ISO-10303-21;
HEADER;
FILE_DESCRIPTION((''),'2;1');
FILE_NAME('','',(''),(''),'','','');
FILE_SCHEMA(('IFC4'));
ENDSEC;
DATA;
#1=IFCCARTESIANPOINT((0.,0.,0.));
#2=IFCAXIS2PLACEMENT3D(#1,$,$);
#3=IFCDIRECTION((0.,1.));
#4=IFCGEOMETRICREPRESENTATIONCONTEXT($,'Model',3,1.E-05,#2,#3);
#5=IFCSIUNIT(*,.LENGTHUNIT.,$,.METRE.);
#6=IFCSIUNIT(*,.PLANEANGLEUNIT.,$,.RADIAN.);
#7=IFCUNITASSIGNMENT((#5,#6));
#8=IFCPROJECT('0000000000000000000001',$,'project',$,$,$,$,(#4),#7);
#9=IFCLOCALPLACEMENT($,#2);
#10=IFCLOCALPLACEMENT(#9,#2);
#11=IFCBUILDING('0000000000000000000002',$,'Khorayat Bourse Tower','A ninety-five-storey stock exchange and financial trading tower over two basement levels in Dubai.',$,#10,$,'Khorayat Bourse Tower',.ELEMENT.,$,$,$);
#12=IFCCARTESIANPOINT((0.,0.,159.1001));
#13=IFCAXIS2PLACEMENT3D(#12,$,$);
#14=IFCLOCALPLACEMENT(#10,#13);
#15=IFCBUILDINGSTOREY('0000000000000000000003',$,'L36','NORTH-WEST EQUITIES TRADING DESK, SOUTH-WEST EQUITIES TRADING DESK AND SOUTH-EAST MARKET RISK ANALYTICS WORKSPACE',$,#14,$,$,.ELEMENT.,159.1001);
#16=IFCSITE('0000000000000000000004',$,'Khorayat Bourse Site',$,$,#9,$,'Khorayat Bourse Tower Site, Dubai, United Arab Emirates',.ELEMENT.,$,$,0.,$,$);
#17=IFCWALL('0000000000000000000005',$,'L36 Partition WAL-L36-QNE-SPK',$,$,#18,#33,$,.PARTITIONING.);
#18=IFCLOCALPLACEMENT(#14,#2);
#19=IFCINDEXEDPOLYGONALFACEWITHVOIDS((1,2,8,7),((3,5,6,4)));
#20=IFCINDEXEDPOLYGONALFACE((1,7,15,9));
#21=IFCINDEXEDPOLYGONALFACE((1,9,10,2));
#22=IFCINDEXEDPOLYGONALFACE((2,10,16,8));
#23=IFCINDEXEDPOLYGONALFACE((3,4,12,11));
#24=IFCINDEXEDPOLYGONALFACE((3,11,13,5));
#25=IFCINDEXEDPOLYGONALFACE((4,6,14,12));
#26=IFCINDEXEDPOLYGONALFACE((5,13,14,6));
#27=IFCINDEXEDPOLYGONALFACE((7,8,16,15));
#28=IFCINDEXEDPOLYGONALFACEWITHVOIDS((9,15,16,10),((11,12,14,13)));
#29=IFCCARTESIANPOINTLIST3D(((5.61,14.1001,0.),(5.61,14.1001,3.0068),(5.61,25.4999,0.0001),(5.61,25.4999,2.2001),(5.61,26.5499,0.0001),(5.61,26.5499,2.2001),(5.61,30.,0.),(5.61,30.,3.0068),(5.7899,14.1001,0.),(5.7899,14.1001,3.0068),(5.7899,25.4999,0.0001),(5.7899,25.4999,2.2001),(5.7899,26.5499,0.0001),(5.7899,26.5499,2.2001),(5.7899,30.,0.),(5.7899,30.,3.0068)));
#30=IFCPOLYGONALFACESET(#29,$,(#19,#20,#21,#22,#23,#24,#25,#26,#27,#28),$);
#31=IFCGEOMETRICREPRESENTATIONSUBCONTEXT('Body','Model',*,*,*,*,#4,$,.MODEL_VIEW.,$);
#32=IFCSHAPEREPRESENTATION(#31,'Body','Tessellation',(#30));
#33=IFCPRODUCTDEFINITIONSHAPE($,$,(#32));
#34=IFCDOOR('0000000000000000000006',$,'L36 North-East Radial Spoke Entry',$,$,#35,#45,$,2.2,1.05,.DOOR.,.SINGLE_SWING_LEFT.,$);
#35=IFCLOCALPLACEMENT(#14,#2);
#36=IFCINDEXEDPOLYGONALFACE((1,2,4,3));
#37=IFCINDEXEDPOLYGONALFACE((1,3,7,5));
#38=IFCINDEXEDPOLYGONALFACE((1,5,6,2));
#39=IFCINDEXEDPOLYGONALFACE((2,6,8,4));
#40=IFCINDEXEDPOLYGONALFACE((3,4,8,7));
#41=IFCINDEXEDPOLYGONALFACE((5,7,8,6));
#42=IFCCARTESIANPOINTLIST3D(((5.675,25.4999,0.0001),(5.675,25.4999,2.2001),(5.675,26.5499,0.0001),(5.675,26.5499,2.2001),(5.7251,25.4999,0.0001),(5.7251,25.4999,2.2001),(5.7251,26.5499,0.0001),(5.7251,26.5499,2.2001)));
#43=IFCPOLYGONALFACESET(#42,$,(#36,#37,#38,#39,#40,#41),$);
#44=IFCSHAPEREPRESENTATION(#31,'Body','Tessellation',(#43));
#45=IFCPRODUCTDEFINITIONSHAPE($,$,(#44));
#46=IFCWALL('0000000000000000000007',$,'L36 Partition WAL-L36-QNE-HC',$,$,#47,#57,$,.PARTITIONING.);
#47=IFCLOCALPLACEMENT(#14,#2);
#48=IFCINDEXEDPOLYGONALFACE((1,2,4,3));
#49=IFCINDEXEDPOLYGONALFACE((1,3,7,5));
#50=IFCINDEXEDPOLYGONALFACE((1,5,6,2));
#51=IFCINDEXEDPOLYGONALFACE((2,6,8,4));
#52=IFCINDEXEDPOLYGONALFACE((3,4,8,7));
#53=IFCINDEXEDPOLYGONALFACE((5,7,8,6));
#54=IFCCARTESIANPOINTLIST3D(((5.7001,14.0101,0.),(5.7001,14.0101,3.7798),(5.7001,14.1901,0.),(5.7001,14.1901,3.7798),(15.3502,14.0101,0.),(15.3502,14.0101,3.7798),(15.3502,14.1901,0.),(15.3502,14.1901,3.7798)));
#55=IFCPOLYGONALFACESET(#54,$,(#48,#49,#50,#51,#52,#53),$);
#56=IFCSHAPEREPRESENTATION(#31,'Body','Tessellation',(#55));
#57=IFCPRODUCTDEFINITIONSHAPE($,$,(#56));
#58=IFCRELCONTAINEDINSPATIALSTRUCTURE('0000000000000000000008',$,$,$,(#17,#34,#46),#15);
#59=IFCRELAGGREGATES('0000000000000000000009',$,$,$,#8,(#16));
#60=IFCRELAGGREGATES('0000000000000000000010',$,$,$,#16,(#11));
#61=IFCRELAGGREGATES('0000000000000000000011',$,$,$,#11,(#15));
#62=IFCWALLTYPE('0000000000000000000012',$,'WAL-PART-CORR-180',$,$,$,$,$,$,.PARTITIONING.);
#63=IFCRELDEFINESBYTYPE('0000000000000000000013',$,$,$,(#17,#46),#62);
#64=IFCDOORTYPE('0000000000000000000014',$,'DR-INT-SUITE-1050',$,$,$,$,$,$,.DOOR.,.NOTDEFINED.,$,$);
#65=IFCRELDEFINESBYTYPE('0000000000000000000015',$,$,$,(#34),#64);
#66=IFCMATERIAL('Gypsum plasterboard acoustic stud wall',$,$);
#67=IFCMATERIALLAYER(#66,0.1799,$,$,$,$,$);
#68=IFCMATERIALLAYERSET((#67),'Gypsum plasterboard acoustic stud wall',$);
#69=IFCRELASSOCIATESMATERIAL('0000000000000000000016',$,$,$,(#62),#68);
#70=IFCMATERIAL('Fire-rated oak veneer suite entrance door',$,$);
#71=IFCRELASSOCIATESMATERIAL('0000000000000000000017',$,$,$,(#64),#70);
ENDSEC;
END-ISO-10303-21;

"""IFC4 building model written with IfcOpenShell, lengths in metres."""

from ifc_helpers import new_model, si_unit, direction, frame, frame_2d, origin, place, context, subcontext, project, spatial, rectangle, extrude, source, transform, mapped, material, layer, layer_set, type_object, element, fill, save


model = new_model("IFC4")

# Units and contexts
model_context = context("Model", 3, precision=1e-05, world=origin(), true_north=direction((0.0, 1.0)))
body_context = subcontext(model_context, "Body", "Model", "MODEL_VIEW")
ifc_project = project(units=[si_unit("LENGTHUNIT", "METRE"), si_unit("PLANEANGLEUNIT", "RADIAN")], contexts=[model_context])

# Site, building, storey
site_placement = place(None, origin())
site = spatial("IfcSite", under=ifc_project, at=site_placement, Name="Khorayat Bourse Site", LongName="Khorayat Bourse Tower Site, Dubai, United Arab Emirates", CompositionType="ELEMENT", RefElevation=0.0)
building_placement = place(site_placement, origin())
building = spatial("IfcBuilding", under=site, at=building_placement, Name="Khorayat Bourse Tower", Description="A ninety-five-storey stock exchange and financial trading tower over two basement levels in Dubai.", LongName="Khorayat Bourse Tower", CompositionType="ELEMENT")
storey_placement = place(building_placement, frame((0.0, 0.0, 159.1001)))
storey = spatial("IfcBuildingStorey", under=building, at=storey_placement, Name="L36", Description="NORTH-WEST EQUITIES TRADING DESK, SOUTH-WEST EQUITIES TRADING DESK AND SOUTH-EAST MARKET RISK ANALYTICS WORKSPACE", CompositionType="ELEMENT", Elevation=159.1001)

# Wall, opening, door
ifc_material_1 = material(Name="Gypsum plasterboard acoustic stud wall")
ifc_layer_1 = layer(ifc_material_1, 0.1799)
ifc_layer_set_1 = layer_set([ifc_layer_1], Name="Gypsum plasterboard acoustic stud wall")
wall_type_1 = type_object("IfcWallType", Name="WAL-PART-CORR-180", PredefinedType="PARTITIONING", material=ifc_layer_set_1)
shared_shape_1 = source(origin(), body_context, "Body", "SweptSolid", [
    extrude(rectangle(XDim=1.05, YDim=2.2, at=frame_2d((0.5249, 1.1001))), frame((0.0, 0.0999, 0.0), z_axis=(0.0, -1.0, 0.0), x_axis=(1.0, 0.0, 0.0)), (0.0, 0.0, 1.0), 0.2),
])
ifc_material_2 = material(Name="Fire-rated oak veneer suite entrance door")
door_type_1 = type_object("IfcDoorType", Name="DR-INT-SUITE-1050", OperationType="NOTDEFINED", PredefinedType="DOOR", material=ifc_material_2)
shared_shape_2 = source(origin(), body_context, "Body", "SweptSolid", [
    extrude(rectangle(XDim=1.05, YDim=2.2, at=frame_2d((0.5249, 1.1001))), frame((0.0, 0.0249, 0.0), z_axis=(0.0, -1.0, 0.0), x_axis=(1.0, 0.0, 0.0)), (0.0, 0.0, 1.0), 0.05),
])
shared_shape_3 = source(origin(), body_context, "Body", "SweptSolid", [
    extrude(rectangle(XDim=15.8999, YDim=0.1799, at=frame_2d((7.95, 0.0))), origin(), (0.0, 0.0, 1.0), 3.0068),
])
wall_1_placement = place(storey_placement, frame((5.7, 14.1001, 0.0), z_axis=(0.0, 0.0, 1.0), x_axis=(0.0, 1.0, 0.0)))
wall_1 = element("IfcWall", 1, at=wall_1_placement, inside=storey, type_object=wall_type_1, Name="L36 Partition WAL-L36-QNE-SPK", PredefinedType="PARTITIONING", context=body_context, shape_type="MappedRepresentation", body=[
    mapped(shared_shape_3, transform((0.0, 0.0, 0.0), scale=1.0)),
])
opening_1_placement = place(wall_1_placement, frame((11.3999, 0.0, 0.0)))
opening_1 = element("IfcOpeningElement", 2, at=opening_1_placement, cuts=wall_1, PredefinedType="OPENING", context=body_context, shape_type="MappedRepresentation", body=[
    mapped(shared_shape_1, transform((0.0, 0.0, 0.0), scale=1.0)),
])
door_1_placement = place(opening_1_placement, origin())
door_1 = element("IfcDoor", 3, at=door_1_placement, inside=storey, type_object=door_type_1, Name="L36 North-East Radial Spoke Entry", OperationType="SINGLE_SWING_LEFT", OverallHeight=2.2, OverallWidth=1.05, PredefinedType="DOOR", context=body_context, shape_type="MappedRepresentation", body=[
    mapped(shared_shape_2, transform((0.0, 0.0, 0.0), scale=1.0)),
])
fill(opening_1, door_1)

# Wall
shared_shape_4 = source(origin(), body_context, "Body", "SweptSolid", [
    extrude(rectangle(XDim=9.6501, YDim=0.1799, at=frame_2d((4.8252, 0.0))), origin(), (0.0, 0.0, 1.0), 3.7798),
])
wall_2_placement = place(storey_placement, frame((5.7, 14.1001, 0.0), z_axis=(0.0, 0.0, 1.0), x_axis=(1.0, 0.0, 0.0)))
element("IfcWall", 4, at=wall_2_placement, inside=storey, type_object=wall_type_1, Name="L36 Partition WAL-L36-QNE-HC", PredefinedType="PARTITIONING", context=body_context, shape_type="MappedRepresentation", body=[
    mapped(shared_shape_4, transform((0.0, 0.0, 0.0), scale=1.0)),
])

save(model, "model.ifc")
